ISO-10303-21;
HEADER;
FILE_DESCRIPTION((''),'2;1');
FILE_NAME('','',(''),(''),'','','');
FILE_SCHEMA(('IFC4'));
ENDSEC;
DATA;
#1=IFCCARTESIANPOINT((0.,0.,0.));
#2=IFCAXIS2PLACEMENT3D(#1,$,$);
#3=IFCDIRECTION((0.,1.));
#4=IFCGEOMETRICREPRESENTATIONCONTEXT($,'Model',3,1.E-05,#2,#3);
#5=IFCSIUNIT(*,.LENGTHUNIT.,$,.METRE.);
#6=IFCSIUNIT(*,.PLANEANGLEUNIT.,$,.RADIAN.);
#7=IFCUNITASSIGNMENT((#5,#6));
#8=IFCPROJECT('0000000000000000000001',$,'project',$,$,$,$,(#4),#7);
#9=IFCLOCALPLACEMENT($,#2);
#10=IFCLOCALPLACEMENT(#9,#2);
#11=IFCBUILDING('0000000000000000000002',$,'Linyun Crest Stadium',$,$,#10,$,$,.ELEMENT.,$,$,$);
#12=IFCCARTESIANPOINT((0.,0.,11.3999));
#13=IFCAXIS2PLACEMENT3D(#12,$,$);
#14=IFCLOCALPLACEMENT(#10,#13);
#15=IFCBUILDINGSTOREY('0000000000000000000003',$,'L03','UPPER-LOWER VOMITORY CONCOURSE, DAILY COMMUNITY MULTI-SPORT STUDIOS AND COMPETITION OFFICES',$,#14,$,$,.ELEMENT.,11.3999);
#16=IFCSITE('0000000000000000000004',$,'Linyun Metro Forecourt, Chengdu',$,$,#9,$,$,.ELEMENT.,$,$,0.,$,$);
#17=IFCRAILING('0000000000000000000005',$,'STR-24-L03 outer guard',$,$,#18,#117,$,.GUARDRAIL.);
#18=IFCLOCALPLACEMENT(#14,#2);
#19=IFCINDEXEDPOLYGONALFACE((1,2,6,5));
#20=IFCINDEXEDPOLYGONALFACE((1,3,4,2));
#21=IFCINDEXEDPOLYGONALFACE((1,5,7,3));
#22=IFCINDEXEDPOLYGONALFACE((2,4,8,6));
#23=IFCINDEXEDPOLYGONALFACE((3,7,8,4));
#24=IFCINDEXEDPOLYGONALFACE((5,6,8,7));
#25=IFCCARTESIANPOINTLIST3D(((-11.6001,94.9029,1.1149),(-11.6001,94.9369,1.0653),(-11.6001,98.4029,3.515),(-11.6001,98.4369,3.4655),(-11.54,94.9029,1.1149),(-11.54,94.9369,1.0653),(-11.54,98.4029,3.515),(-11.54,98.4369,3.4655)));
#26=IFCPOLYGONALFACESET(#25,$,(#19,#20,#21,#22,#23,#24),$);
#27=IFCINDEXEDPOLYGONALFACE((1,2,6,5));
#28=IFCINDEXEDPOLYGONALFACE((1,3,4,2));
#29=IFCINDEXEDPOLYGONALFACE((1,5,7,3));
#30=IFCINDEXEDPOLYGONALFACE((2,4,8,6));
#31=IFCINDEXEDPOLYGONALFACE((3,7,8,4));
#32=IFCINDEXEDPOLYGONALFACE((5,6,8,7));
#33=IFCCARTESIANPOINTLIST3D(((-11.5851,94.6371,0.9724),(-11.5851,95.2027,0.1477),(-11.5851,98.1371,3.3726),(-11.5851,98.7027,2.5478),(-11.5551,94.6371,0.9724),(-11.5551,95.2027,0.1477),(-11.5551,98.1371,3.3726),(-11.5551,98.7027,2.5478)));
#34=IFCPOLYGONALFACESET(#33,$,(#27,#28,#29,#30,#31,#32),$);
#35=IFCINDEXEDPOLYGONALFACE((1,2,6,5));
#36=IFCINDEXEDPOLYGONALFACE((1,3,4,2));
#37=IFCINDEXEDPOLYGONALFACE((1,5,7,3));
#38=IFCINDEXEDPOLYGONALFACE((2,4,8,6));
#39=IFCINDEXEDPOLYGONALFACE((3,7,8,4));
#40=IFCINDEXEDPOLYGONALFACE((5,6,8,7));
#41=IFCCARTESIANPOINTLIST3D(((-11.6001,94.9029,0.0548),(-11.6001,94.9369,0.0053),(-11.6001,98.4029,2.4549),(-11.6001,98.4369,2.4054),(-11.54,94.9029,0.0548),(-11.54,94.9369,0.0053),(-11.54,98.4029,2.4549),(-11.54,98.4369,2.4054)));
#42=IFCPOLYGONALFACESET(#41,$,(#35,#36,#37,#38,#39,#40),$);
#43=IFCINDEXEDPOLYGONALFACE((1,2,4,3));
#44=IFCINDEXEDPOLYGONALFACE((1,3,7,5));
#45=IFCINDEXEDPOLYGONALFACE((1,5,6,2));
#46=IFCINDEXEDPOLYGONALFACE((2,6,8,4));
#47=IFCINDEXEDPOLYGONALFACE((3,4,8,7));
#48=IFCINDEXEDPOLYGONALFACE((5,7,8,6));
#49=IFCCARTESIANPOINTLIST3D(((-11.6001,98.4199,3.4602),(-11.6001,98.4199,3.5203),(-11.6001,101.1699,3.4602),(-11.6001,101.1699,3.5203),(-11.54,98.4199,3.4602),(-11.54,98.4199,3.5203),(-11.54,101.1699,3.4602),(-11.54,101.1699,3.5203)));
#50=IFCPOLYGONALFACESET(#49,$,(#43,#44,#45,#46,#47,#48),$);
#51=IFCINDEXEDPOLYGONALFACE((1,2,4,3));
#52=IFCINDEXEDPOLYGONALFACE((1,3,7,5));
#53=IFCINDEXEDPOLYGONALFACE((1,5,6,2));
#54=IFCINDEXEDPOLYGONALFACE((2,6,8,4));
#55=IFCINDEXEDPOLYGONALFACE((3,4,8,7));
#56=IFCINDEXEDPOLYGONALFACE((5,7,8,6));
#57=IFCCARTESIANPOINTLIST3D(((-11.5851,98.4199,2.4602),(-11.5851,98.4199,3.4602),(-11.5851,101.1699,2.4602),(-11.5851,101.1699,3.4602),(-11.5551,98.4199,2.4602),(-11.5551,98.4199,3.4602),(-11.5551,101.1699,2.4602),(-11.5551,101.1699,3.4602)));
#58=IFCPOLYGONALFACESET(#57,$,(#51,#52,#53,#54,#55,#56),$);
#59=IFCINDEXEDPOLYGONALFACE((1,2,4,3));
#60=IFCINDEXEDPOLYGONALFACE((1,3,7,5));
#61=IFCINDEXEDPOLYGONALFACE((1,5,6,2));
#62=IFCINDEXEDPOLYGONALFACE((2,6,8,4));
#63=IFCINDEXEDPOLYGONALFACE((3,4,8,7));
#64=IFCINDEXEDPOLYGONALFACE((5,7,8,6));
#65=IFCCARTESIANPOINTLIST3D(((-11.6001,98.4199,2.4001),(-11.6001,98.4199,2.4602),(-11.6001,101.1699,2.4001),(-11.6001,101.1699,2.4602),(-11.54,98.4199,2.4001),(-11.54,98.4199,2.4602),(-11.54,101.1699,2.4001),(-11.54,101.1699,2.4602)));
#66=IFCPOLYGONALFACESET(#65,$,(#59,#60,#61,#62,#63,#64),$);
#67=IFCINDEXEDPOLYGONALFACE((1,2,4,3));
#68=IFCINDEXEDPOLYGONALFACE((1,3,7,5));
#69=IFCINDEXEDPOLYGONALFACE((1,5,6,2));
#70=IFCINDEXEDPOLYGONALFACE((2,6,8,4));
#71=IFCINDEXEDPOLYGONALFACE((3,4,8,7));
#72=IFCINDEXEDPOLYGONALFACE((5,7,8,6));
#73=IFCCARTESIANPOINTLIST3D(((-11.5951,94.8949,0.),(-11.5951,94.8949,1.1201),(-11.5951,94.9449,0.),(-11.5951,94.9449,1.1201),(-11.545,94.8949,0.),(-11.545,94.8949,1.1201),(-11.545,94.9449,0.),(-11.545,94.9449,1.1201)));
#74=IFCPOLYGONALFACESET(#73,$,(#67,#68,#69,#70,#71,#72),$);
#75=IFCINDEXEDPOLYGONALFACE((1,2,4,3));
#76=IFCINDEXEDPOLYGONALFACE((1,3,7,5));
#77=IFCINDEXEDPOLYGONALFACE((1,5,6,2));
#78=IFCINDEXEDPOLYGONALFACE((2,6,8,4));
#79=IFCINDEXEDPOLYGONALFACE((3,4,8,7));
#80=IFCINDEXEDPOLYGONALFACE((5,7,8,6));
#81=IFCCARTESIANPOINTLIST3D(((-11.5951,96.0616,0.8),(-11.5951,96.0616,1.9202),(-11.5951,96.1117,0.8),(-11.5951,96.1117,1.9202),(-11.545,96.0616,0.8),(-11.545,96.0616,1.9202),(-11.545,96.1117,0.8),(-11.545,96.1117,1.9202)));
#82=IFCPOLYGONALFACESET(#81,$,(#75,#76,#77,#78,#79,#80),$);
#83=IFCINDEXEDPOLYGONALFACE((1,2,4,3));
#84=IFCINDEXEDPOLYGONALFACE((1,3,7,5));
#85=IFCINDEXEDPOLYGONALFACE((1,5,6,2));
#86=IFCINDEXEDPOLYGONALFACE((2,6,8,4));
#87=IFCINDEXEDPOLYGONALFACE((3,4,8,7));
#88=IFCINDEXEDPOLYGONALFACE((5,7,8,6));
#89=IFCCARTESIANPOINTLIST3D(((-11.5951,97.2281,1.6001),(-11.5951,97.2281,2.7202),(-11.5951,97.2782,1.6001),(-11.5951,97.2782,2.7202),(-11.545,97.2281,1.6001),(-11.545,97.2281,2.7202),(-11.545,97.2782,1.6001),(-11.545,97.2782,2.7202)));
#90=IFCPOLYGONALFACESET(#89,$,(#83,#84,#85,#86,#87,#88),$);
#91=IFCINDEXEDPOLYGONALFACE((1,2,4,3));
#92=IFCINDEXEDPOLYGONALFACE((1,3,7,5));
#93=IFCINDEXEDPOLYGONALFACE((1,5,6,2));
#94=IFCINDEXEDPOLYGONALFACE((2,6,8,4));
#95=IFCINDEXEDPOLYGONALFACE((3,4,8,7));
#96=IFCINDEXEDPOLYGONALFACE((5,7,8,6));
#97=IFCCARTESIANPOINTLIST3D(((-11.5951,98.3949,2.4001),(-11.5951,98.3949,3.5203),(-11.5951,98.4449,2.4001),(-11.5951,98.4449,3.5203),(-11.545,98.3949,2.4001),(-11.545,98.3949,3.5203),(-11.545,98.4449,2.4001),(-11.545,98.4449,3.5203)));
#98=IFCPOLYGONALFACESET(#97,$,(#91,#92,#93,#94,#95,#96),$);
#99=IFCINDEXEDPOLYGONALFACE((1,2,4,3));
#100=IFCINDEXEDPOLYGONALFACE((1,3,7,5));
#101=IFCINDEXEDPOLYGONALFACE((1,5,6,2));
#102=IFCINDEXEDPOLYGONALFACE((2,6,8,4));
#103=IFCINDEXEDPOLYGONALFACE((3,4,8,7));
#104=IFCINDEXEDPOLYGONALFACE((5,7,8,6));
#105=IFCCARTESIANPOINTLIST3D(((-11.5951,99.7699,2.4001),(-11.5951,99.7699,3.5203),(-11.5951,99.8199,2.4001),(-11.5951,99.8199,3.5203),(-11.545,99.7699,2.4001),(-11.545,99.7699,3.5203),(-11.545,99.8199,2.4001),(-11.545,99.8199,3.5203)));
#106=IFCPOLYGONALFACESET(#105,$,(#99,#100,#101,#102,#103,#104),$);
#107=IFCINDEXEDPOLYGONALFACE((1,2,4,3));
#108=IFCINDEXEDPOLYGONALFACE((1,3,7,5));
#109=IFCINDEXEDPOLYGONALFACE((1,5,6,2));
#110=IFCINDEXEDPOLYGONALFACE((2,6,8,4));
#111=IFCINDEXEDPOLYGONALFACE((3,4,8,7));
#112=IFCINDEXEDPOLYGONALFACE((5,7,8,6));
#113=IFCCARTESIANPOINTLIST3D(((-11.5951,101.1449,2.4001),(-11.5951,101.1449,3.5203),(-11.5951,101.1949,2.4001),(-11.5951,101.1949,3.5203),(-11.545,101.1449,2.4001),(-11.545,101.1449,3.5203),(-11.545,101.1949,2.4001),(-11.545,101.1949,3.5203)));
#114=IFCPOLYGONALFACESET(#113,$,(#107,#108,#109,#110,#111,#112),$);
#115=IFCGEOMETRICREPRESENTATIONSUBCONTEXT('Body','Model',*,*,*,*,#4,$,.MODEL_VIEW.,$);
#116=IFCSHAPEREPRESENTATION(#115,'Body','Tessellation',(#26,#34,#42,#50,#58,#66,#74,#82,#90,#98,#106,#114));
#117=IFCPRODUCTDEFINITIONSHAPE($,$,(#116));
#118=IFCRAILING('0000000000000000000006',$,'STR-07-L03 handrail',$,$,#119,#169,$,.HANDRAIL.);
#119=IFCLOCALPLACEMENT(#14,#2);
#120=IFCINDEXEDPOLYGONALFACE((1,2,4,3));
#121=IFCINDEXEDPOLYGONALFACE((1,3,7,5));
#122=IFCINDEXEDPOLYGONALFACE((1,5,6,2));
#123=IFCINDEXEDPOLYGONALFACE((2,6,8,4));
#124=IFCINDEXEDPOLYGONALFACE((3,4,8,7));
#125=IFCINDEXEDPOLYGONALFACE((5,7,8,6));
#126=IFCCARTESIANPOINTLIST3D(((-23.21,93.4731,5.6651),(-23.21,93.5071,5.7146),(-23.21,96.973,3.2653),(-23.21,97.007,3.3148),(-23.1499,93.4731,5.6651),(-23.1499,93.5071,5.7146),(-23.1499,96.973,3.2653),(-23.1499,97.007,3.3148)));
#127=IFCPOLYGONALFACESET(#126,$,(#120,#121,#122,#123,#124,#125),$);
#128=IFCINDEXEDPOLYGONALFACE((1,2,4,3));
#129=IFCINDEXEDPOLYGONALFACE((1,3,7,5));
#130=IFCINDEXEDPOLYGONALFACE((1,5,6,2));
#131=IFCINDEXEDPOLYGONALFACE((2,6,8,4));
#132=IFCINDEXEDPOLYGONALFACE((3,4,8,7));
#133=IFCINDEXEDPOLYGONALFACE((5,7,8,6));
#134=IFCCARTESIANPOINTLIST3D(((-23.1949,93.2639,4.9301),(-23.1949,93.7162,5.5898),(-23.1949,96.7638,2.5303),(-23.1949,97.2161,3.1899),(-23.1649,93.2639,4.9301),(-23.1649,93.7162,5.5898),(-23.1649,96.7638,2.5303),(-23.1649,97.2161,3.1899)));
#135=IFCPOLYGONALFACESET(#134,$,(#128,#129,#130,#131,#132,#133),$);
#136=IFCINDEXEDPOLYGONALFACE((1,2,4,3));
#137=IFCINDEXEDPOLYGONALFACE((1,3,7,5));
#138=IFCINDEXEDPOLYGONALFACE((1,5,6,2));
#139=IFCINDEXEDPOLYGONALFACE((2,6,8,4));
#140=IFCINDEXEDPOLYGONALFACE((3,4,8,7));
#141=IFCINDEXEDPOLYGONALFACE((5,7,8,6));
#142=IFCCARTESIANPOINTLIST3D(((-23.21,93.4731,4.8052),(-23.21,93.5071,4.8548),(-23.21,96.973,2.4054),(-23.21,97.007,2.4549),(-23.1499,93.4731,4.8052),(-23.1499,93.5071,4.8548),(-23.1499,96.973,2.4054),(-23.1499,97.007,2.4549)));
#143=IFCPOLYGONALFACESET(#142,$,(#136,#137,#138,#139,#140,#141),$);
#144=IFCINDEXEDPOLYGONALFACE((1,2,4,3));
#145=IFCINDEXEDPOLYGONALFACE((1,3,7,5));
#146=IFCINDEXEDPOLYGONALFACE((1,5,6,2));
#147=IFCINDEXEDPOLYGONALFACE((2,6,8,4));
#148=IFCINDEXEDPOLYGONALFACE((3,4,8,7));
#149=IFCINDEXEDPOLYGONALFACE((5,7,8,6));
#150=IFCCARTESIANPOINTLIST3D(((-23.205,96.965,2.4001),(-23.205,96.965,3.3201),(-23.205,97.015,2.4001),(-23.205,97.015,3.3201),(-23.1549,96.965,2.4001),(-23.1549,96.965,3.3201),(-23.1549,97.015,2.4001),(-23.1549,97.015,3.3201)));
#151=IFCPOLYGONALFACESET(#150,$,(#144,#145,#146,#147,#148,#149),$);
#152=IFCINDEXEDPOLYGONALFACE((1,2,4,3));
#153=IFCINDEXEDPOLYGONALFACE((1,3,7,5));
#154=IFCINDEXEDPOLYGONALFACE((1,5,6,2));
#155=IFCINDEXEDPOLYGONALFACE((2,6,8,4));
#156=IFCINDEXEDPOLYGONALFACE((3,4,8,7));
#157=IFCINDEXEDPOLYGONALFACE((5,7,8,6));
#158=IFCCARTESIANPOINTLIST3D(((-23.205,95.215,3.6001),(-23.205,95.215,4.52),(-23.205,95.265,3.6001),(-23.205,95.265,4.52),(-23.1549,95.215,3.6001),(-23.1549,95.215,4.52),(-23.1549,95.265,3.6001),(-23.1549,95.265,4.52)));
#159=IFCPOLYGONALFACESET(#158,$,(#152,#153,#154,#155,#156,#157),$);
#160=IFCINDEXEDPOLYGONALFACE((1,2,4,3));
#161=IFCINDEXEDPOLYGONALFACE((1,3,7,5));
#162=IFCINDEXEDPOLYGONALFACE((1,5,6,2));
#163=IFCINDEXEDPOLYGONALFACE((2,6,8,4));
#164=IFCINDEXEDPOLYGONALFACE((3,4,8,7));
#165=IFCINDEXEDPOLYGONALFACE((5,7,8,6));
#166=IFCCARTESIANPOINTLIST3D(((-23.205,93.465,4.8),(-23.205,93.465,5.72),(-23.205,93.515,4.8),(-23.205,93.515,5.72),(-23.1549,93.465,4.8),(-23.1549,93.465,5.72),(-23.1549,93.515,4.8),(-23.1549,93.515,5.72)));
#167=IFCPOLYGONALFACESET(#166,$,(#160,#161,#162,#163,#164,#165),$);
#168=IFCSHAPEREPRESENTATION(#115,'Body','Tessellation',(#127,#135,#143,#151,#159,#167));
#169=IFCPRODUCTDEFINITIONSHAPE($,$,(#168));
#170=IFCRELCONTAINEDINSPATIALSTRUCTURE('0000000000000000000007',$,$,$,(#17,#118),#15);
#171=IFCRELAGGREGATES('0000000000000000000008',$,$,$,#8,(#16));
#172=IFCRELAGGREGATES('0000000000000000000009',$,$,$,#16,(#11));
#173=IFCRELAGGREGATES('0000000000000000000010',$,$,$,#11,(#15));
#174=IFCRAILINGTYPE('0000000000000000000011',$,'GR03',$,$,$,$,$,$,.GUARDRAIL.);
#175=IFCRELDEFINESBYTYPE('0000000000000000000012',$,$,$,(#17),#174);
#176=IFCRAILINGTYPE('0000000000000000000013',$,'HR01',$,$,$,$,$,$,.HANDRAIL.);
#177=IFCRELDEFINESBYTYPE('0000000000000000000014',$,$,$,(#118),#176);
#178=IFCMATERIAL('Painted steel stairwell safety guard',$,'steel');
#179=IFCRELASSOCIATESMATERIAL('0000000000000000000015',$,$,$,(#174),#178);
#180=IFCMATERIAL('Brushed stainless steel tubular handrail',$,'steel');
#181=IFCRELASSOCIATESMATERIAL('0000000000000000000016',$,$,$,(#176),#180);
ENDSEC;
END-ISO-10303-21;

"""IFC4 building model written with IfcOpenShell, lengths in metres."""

from ifc_helpers import new_model, si_unit, direction, frame, origin, origin_2d, place, context, subcontext, project, spatial, rectangle, extrude, material, type_object, element, save


model = new_model("IFC4")

# Units and contexts
model_context = context("Model", 3, precision=1e-05, world=origin(), true_north=direction((0.0, 1.0)))
body_context = subcontext(model_context, "Body", "Model", "MODEL_VIEW")
ifc_project = project(units=[si_unit("LENGTHUNIT", "METRE"), si_unit("PLANEANGLEUNIT", "RADIAN")], contexts=[model_context])

# Site, building, storey
site_placement = place(None, origin())
site = spatial("IfcSite", under=ifc_project, at=site_placement, Name="Linyun Metro Forecourt, Chengdu", CompositionType="ELEMENT", RefElevation=0.0)
building_placement = place(site_placement, origin())
building = spatial("IfcBuilding", under=site, at=building_placement, Name="Linyun Crest Stadium", CompositionType="ELEMENT")
storey_placement = place(building_placement, frame((0.0, 0.0, 11.3999)))
storey = spatial("IfcBuildingStorey", under=building, at=storey_placement, Name="L03", Description="UPPER-LOWER VOMITORY CONCOURSE, DAILY COMMUNITY MULTI-SPORT STUDIOS AND COMPETITION OFFICES", CompositionType="ELEMENT", Elevation=11.3999)

# Railings
ifc_material_1 = material(Name="Painted steel stairwell safety guard", Category="steel")
railing_type_1 = type_object("IfcRailingType", Name="GR03", PredefinedType="GUARDRAIL", material=ifc_material_1)
railing_1_placement = place(storey_placement, frame((-11.5701, 94.9199, 0.0)))
element("IfcRailing", 1, at=railing_1_placement, inside=storey, type_object=railing_type_1, Name="STR-24-L03 outer guard", PredefinedType="GUARDRAIL", context=body_context, shape_type="SweptSolid", body=[
    extrude(rectangle(XDim=0.0601, YDim=0.0601, at=origin_2d()), frame((0.0, 0.0, 1.0901), z_axis=(0.0, 0.824713, 0.565552), x_axis=(-1.0, 0.0, 0.0)), (0.0, 0.0, 1.0), 4.2439),
    extrude(rectangle(XDim=0.03, YDim=1.0, at=origin_2d()), frame((0.0, 0.0, 0.5601), z_axis=(0.0, 0.824713, 0.565552), x_axis=(-1.0, 0.0, 0.0)), (0.0, 0.0, 1.0), 4.2439),
    extrude(rectangle(XDim=0.0601, YDim=0.0601, at=origin_2d()), frame((0.0, 0.0, 0.03), z_axis=(0.0, 0.824713, 0.565552), x_axis=(-1.0, 0.0, 0.0)), (0.0, 0.0, 1.0), 4.2439),
    extrude(rectangle(XDim=0.0601, YDim=0.0601, at=origin_2d()), frame((0.0, 3.5, 3.4902), z_axis=(0.0, 1.0, 0.0), x_axis=(-1.0, 0.0, 0.0)), (0.0, 0.0, 1.0), 2.75),
    extrude(rectangle(XDim=0.03, YDim=1.0, at=origin_2d()), frame((0.0, 3.5, 2.9602), z_axis=(0.0, 1.0, 0.0), x_axis=(-1.0, 0.0, 0.0)), (0.0, 0.0, 1.0), 2.75),
    extrude(rectangle(XDim=0.0601, YDim=0.0601, at=origin_2d()), frame((0.0, 3.5, 2.4302), z_axis=(0.0, 1.0, 0.0), x_axis=(-1.0, 0.0, 0.0)), (0.0, 0.0, 1.0), 2.75),
    extrude(rectangle(XDim=0.05, YDim=0.05, at=origin_2d()), origin(), (0.0, 0.0, 1.0), 1.1201),
    extrude(rectangle(XDim=0.05, YDim=0.05, at=origin_2d()), frame((0.0, 1.1667, 0.8)), (0.0, 0.0, 1.0), 1.1201),
    extrude(rectangle(XDim=0.05, YDim=0.05, at=origin_2d()), frame((0.0, 2.3333, 1.6001)), (0.0, 0.0, 1.0), 1.1201),
    extrude(rectangle(XDim=0.05, YDim=0.05, at=origin_2d()), frame((0.0, 3.5, 2.4001)), (0.0, 0.0, 1.0), 1.1201),
    extrude(rectangle(XDim=0.05, YDim=0.05, at=origin_2d()), frame((0.0, 4.875, 2.4001)), (0.0, 0.0, 1.0), 1.1201),
    extrude(rectangle(XDim=0.05, YDim=0.05, at=origin_2d()), frame((0.0, 6.25, 2.4001)), (0.0, 0.0, 1.0), 1.1201),
])
ifc_material_2 = material(Name="Brushed stainless steel tubular handrail", Category="steel")
railing_type_2 = type_object("IfcRailingType", Name="HR01", PredefinedType="HANDRAIL", material=ifc_material_2)
railing_2_placement = place(storey_placement, frame((-23.1799, 96.99, 2.4001)))
element("IfcRailing", 2, at=railing_2_placement, inside=storey, type_object=railing_type_2, Name="STR-07-L03 handrail", PredefinedType="HANDRAIL", context=body_context, shape_type="SweptSolid", body=[
    extrude(rectangle(XDim=0.0601, YDim=0.0601, at=origin_2d()), frame((0.0, 0.0, 0.8899), z_axis=(0.0, -0.82474, 0.565513), x_axis=(1.0, 0.0, 0.0)), (0.0, 0.0, 1.0), 4.2437),
    extrude(rectangle(XDim=0.03, YDim=0.7998, at=origin_2d()), frame((0.0, 0.0, 0.46), z_axis=(0.0, -0.82474, 0.565513), x_axis=(1.0, 0.0, 0.0)), (0.0, 0.0, 1.0), 4.2437),
    extrude(rectangle(XDim=0.0601, YDim=0.0601, at=origin_2d()), frame((0.0, 0.0, 0.03), z_axis=(0.0, -0.82474, 0.565513), x_axis=(1.0, 0.0, 0.0)), (0.0, 0.0, 1.0), 4.2437),
    extrude(rectangle(XDim=0.05, YDim=0.05, at=origin_2d()), origin(), (0.0, 0.0, 1.0), 0.9199),
    extrude(rectangle(XDim=0.05, YDim=0.05, at=origin_2d()), frame((0.0, -1.75, 1.2)), (0.0, 0.0, 1.0), 0.9199),
    extrude(rectangle(XDim=0.05, YDim=0.05, at=origin_2d()), frame((0.0, -3.5, 2.3999)), (0.0, 0.0, 1.0), 0.9199),
])

save(model, "model.ifc")
